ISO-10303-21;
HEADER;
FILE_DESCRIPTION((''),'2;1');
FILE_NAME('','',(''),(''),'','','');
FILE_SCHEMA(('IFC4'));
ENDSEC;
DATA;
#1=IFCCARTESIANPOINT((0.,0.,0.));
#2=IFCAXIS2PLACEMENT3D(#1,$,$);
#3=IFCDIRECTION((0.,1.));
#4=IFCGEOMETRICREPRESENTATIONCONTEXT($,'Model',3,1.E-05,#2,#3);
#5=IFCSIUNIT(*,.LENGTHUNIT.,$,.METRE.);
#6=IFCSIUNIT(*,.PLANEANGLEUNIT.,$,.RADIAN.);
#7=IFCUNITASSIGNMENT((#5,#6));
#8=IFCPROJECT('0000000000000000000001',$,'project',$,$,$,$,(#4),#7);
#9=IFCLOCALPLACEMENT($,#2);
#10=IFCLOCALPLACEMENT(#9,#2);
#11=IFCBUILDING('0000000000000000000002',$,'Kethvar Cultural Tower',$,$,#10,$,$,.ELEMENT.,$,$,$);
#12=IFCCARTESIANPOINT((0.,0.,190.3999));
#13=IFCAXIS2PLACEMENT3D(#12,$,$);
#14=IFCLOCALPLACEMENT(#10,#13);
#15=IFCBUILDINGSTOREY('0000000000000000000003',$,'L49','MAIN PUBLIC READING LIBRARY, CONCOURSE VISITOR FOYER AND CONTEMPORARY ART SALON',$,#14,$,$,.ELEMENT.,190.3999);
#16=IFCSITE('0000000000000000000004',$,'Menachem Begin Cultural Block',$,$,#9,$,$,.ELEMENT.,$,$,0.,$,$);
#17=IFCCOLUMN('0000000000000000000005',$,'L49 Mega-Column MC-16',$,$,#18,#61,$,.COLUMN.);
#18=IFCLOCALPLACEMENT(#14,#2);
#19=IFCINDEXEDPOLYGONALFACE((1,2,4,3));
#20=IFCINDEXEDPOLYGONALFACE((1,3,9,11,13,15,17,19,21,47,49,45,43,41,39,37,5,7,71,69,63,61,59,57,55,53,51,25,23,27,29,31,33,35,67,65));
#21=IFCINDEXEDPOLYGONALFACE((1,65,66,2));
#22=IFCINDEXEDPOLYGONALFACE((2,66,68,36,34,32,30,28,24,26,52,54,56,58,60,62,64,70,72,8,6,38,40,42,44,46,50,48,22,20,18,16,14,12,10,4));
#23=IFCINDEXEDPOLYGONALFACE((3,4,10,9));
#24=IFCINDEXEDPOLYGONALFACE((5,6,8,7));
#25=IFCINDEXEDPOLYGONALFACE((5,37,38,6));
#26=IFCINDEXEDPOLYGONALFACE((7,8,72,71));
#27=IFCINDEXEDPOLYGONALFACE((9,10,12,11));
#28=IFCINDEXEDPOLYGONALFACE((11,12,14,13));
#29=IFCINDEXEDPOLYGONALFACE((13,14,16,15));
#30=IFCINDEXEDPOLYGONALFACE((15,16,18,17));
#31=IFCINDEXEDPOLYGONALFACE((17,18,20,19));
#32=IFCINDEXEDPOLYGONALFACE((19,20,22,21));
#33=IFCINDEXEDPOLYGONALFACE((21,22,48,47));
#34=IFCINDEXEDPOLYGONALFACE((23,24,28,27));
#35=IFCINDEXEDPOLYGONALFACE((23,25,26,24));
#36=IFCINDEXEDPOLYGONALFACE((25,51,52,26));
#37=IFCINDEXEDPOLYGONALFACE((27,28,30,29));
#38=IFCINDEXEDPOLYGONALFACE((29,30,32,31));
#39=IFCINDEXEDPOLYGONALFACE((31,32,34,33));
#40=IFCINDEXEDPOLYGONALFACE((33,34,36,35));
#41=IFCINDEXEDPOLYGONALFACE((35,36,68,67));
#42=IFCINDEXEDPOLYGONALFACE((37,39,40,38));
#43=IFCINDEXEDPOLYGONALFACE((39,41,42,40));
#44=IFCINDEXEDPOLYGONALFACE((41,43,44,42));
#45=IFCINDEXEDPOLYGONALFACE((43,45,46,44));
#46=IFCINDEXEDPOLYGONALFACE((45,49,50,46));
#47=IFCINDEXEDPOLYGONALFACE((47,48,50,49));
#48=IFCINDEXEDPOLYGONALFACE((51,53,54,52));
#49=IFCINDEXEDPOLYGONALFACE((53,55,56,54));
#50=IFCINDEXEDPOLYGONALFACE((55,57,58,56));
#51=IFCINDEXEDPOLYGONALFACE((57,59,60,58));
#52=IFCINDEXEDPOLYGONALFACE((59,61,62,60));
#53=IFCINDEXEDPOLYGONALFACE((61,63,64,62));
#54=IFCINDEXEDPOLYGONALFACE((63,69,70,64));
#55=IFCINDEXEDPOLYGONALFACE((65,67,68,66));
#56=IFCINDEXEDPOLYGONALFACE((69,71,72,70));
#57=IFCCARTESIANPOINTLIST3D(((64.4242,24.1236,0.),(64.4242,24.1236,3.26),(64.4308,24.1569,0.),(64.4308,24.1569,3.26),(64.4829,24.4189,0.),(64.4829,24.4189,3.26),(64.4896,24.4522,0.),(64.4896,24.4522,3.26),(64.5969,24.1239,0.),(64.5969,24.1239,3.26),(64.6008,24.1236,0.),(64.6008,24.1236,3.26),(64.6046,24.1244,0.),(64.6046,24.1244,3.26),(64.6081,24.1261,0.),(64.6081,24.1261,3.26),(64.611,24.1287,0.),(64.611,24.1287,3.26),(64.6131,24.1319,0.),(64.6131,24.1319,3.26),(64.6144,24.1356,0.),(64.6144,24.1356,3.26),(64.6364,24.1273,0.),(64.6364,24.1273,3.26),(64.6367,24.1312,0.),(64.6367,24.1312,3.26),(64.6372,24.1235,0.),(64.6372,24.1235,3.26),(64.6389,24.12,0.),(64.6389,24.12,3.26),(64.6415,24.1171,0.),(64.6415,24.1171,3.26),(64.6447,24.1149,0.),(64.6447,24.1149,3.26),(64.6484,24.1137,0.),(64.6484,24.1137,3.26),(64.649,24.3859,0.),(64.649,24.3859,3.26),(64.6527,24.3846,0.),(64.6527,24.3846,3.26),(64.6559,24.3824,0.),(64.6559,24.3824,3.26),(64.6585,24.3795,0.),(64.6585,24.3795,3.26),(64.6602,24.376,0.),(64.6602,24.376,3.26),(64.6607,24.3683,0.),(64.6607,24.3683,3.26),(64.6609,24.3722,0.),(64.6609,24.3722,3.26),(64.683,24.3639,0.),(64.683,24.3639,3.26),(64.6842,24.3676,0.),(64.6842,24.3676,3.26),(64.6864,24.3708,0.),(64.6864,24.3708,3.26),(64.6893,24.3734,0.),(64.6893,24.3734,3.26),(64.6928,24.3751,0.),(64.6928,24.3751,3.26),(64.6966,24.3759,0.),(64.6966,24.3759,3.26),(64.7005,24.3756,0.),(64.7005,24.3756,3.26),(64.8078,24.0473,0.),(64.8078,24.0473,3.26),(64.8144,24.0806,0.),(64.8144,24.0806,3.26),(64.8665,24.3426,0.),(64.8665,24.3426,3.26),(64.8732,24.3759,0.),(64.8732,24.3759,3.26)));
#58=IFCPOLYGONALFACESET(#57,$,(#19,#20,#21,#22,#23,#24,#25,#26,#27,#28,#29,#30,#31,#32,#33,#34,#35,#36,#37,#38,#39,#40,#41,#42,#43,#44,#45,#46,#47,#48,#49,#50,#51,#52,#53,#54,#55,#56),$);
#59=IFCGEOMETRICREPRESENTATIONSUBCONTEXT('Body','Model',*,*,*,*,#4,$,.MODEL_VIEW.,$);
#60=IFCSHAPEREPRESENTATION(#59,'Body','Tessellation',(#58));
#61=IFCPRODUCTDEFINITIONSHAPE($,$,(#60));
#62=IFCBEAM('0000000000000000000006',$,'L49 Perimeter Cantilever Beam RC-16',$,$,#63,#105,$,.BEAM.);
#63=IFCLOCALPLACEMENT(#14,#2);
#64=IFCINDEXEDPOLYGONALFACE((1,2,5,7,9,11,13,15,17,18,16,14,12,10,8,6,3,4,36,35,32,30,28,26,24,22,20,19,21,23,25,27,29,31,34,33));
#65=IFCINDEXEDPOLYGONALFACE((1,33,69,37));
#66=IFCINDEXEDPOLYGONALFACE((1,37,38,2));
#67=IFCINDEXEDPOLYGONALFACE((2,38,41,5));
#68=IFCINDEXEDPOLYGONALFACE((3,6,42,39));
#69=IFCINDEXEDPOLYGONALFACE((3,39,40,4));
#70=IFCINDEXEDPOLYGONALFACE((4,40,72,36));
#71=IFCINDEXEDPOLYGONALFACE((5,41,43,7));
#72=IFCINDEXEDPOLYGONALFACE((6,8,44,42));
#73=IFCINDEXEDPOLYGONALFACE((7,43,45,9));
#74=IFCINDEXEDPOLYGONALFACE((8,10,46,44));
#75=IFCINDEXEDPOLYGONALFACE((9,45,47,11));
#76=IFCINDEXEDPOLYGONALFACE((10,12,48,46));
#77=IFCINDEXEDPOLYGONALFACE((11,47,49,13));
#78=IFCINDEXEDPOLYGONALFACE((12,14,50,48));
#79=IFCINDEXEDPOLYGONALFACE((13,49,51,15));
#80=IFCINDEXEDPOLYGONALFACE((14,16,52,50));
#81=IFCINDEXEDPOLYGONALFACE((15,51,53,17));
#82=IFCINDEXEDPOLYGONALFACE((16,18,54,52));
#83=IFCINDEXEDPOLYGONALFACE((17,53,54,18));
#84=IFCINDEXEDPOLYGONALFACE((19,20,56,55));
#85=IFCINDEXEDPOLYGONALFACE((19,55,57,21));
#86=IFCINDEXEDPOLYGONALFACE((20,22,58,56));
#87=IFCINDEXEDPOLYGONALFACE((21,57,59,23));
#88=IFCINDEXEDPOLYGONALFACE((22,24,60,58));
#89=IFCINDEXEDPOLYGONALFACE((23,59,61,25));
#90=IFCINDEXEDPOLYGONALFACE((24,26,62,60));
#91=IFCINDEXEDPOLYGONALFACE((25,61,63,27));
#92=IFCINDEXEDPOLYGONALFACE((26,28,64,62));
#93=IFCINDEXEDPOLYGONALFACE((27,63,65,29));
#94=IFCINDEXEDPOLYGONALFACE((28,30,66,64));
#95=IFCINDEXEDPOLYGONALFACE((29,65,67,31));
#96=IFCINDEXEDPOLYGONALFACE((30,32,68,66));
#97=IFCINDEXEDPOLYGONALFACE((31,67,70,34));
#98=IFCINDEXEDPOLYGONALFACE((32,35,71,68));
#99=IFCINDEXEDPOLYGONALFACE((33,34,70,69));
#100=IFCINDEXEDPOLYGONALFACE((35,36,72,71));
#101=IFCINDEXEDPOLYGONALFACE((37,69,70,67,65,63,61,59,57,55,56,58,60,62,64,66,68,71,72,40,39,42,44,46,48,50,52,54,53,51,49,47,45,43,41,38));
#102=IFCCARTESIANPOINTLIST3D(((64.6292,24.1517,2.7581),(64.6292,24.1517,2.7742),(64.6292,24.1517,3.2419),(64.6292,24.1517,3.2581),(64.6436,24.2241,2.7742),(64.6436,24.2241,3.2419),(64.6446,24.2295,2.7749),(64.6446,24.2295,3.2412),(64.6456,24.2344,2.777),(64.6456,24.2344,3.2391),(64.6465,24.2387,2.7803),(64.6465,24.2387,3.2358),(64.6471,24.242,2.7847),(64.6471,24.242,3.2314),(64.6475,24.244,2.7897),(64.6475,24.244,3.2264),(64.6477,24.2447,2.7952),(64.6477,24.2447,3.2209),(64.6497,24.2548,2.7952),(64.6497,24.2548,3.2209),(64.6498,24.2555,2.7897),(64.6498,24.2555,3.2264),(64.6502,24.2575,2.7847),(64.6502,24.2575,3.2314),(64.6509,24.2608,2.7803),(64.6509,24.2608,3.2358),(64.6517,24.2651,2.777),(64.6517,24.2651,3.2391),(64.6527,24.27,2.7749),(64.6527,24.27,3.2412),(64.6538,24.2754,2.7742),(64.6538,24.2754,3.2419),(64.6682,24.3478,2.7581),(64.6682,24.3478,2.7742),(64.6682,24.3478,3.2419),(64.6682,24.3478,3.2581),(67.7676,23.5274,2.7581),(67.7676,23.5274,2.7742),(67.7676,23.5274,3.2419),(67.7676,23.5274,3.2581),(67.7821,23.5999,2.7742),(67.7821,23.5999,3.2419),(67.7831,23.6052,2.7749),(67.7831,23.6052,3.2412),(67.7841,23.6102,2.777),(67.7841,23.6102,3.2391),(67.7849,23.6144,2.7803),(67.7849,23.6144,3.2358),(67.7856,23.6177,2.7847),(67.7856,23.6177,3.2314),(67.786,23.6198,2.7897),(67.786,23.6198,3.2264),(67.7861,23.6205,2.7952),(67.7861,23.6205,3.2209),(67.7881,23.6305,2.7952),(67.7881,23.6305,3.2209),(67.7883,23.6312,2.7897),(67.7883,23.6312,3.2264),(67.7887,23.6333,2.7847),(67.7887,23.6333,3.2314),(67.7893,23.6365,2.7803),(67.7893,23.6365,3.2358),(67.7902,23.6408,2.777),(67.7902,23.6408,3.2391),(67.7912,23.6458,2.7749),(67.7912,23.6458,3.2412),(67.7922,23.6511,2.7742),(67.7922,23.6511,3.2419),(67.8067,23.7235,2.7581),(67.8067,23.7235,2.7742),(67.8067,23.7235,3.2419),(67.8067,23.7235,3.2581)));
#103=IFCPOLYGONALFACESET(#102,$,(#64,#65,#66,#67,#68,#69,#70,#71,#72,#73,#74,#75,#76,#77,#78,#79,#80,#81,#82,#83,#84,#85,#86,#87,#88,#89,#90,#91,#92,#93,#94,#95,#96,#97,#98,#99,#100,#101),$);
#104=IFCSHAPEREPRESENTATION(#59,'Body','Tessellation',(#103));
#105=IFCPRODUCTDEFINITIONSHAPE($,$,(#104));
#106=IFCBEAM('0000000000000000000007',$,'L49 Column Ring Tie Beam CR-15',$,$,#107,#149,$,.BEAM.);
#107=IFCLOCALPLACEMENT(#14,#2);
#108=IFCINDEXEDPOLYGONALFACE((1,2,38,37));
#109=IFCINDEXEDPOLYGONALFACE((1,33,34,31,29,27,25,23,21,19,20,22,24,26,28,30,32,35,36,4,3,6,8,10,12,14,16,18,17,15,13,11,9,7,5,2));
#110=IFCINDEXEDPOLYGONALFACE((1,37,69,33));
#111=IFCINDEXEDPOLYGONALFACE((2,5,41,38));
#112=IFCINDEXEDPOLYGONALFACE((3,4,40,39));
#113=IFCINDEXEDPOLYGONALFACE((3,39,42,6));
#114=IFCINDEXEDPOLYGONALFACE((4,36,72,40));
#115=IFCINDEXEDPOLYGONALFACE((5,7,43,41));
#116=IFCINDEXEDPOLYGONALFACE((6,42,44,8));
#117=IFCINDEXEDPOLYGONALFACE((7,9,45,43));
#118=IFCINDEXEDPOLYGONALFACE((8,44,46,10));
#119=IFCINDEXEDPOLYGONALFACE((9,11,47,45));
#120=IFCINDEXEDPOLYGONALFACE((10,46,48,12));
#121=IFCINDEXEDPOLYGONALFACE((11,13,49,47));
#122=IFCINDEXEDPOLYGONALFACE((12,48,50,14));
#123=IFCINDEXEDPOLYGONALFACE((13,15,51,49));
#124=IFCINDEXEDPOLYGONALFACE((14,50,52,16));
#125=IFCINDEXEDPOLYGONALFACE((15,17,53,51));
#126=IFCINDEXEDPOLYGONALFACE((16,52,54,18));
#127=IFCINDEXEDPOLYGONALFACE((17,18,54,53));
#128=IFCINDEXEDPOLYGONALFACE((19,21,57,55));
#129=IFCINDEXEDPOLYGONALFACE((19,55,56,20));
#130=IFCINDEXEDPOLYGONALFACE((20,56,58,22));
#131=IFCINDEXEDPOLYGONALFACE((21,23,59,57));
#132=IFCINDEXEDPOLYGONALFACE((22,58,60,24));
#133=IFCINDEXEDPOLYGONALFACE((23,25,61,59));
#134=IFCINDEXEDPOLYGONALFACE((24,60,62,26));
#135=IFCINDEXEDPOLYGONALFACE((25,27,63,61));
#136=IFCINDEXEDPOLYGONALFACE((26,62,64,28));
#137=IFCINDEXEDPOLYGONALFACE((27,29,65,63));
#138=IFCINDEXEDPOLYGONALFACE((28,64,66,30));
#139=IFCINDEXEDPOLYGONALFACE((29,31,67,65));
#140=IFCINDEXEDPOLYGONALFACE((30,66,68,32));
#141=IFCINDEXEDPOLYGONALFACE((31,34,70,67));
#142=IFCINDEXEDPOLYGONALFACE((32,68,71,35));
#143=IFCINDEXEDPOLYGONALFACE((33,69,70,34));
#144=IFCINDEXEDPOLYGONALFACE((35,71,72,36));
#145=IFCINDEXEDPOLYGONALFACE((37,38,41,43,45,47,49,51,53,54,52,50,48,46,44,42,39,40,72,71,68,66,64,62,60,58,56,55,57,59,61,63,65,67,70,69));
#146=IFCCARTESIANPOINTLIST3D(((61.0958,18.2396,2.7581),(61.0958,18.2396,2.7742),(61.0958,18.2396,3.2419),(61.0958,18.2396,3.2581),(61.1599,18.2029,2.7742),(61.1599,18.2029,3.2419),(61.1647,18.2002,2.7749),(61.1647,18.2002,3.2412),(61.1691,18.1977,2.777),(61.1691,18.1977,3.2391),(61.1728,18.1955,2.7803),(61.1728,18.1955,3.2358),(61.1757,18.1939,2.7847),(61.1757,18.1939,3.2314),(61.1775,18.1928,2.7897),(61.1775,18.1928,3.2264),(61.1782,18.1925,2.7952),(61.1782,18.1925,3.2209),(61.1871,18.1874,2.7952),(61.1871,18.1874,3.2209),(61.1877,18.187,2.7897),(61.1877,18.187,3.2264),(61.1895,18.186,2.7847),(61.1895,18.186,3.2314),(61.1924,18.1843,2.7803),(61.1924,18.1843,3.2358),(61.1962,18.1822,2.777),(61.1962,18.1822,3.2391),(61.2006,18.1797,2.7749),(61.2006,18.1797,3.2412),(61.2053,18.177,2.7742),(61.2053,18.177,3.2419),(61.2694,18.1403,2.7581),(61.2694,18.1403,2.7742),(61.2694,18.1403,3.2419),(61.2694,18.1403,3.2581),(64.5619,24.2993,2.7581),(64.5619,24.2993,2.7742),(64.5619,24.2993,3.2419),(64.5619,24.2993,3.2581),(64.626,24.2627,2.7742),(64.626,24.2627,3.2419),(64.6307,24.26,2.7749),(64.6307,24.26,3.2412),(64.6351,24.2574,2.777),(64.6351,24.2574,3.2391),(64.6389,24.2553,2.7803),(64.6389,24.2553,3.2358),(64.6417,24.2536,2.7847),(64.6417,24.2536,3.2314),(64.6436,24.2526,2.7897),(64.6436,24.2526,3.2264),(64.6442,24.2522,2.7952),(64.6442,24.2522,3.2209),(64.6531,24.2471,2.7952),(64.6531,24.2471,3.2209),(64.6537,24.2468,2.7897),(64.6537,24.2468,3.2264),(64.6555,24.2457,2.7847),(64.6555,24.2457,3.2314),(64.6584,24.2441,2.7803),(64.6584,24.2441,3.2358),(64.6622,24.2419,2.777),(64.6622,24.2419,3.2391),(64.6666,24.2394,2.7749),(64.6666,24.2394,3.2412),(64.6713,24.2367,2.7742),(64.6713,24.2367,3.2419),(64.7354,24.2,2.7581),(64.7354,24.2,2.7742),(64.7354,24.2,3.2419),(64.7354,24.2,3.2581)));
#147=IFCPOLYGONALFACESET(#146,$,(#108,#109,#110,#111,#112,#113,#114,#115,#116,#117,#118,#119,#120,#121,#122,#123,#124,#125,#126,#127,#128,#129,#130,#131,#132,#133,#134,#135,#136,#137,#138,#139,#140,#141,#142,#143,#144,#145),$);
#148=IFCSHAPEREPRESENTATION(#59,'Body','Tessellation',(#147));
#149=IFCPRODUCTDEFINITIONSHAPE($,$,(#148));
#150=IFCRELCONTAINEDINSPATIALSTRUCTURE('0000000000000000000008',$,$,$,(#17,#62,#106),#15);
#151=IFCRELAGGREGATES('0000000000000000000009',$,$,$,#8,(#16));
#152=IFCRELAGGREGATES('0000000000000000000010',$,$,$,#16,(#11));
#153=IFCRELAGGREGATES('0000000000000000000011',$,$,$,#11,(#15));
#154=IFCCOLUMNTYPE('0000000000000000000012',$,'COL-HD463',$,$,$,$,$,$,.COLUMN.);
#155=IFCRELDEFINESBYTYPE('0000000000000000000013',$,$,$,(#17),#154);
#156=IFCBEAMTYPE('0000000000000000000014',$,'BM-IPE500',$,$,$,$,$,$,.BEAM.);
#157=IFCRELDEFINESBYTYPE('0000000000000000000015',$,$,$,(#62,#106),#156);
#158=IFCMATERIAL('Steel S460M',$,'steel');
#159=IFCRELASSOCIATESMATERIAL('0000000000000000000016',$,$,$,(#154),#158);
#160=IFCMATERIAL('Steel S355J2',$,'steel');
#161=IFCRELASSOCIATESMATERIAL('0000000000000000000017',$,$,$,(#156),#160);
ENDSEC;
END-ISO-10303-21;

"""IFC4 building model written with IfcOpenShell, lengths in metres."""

from ifc_helpers import new_model, si_unit, direction, frame, origin, origin_2d, place, context, subcontext, project, spatial, i_section, extrude, source, transform, mapped, material, material_profile, profile_set, type_object, element, save


model = new_model("IFC4")

# Units and contexts
model_context = context("Model", 3, precision=1e-05, world=origin(), true_north=direction((0.0, 1.0)))
body_context = subcontext(model_context, "Body", "Model", "MODEL_VIEW")
ifc_project = project(units=[si_unit("LENGTHUNIT", "METRE"), si_unit("PLANEANGLEUNIT", "RADIAN")], contexts=[model_context])

# Site, building, storey
site_placement = place(None, origin())
site = spatial("IfcSite", under=ifc_project, at=site_placement, Name="Menachem Begin Cultural Block", CompositionType="ELEMENT", RefElevation=0.0)
building_placement = place(site_placement, origin())
building = spatial("IfcBuilding", under=site, at=building_placement, Name="Kethvar Cultural Tower", CompositionType="ELEMENT")
storey_placement = place(building_placement, frame((0.0, 0.0, 190.3999)))
storey = spatial("IfcBuildingStorey", under=building, at=storey_placement, Name="L49", Description="MAIN PUBLIC READING LIBRARY, CONCOURSE VISITOR FOYER AND CONTEMPORARY ART SALON", CompositionType="ELEMENT", Elevation=190.3999)

# Column
ifc_material_1 = material(Name="Steel S460M", Category="steel")
ifc_material_profile_1 = material_profile(ifc_material_1, i_section(OverallWidth=0.3911, OverallDepth=0.335, WebThickness=0.0227, FlangeThickness=0.0339, FilletRadius=0.0149, at=origin_2d()), Name="Steel S460M — HD400x463")
ifc_profile_set_1 = profile_set([ifc_material_profile_1], Name="Steel S460M — HD400x463")
column_type = type_object("IfcColumnType", Name="COL-HD463", PredefinedType="COLUMN", material=ifc_profile_set_1)
shared_shape_1 = source(origin(), body_context, "Body", "SweptSolid", [
    extrude(i_section(OverallWidth=0.3911, OverallDepth=0.335, WebThickness=0.0227, FlangeThickness=0.0339, FilletRadius=0.0149, at=origin_2d()), origin(), (0.0, 0.0, 1.0), 3.26),
])
column_placement = place(storey_placement, frame((64.6487, 24.2498, 0.0), z_axis=(0.0, 0.0, 1.0), x_axis=(0.980785, -0.19509, 0.0)))
element("IfcColumn", 1, at=column_placement, inside=storey, type_object=column_type, Name="L49 Mega-Column MC-16", PredefinedType="COLUMN", context=body_context, shape_type="MappedRepresentation", body=[
    mapped(shared_shape_1, transform((0.0, 0.0, 0.0), scale=1.0)),
])

# Beams
ifc_material_2 = material(Name="Steel S355J2", Category="steel")
ifc_material_profile_2 = material_profile(ifc_material_2, i_section(OverallWidth=0.2, OverallDepth=0.5, WebThickness=0.0103, FlangeThickness=0.0161, FilletRadius=0.021, at=origin_2d()), Name="Steel S355J2 — IPE500")
ifc_profile_set_2 = profile_set([ifc_material_profile_2], Name="Steel S355J2 — IPE500")
beam_type_1 = type_object("IfcBeamType", Name="BM-IPE500", PredefinedType="BEAM", material=ifc_profile_set_2)
shared_shape_2 = source(origin(), body_context, "Body", "SweptSolid", [
    extrude(i_section(OverallWidth=0.2, OverallDepth=0.5, WebThickness=0.0103, FlangeThickness=0.0161, FilletRadius=0.021, at=origin_2d()), origin(), (0.0, 0.0, 1.0), 3.2),
])
beam_1_placement = place(storey_placement, frame((64.6487, 24.2498, 3.0081), z_axis=(0.980786, -0.195089, 0.0), x_axis=(0.195089, 0.980786, 0.0)))
element("IfcBeam", 2, at=beam_1_placement, inside=storey, type_object=beam_type_1, Name="L49 Perimeter Cantilever Beam RC-16", PredefinedType="BEAM", context=body_context, shape_type="MappedRepresentation", body=[
    mapped(shared_shape_2, transform((0.0, 0.0, 0.0), scale=1.0)),
])
shared_shape_3 = source(origin(), body_context, "Body", "SweptSolid", [
    extrude(i_section(OverallWidth=0.2, OverallDepth=0.5, WebThickness=0.0103, FlangeThickness=0.0161, FilletRadius=0.021, at=origin_2d()), origin(), (0.0, 0.0, 1.0), 6.981),
])
beam_2_placement = place(storey_placement, frame((61.1826, 18.1899, 3.0081), z_axis=(0.496497, 0.868039, 0.0), x_axis=(-0.868039, 0.496497, 0.0)))
element("IfcBeam", 3, at=beam_2_placement, inside=storey, type_object=beam_type_1, Name="L49 Column Ring Tie Beam CR-15", PredefinedType="BEAM", context=body_context, shape_type="MappedRepresentation", body=[
    mapped(shared_shape_3, transform((0.0, 0.0, 0.0), scale=1.0)),
])

save(model, "model.ifc")
